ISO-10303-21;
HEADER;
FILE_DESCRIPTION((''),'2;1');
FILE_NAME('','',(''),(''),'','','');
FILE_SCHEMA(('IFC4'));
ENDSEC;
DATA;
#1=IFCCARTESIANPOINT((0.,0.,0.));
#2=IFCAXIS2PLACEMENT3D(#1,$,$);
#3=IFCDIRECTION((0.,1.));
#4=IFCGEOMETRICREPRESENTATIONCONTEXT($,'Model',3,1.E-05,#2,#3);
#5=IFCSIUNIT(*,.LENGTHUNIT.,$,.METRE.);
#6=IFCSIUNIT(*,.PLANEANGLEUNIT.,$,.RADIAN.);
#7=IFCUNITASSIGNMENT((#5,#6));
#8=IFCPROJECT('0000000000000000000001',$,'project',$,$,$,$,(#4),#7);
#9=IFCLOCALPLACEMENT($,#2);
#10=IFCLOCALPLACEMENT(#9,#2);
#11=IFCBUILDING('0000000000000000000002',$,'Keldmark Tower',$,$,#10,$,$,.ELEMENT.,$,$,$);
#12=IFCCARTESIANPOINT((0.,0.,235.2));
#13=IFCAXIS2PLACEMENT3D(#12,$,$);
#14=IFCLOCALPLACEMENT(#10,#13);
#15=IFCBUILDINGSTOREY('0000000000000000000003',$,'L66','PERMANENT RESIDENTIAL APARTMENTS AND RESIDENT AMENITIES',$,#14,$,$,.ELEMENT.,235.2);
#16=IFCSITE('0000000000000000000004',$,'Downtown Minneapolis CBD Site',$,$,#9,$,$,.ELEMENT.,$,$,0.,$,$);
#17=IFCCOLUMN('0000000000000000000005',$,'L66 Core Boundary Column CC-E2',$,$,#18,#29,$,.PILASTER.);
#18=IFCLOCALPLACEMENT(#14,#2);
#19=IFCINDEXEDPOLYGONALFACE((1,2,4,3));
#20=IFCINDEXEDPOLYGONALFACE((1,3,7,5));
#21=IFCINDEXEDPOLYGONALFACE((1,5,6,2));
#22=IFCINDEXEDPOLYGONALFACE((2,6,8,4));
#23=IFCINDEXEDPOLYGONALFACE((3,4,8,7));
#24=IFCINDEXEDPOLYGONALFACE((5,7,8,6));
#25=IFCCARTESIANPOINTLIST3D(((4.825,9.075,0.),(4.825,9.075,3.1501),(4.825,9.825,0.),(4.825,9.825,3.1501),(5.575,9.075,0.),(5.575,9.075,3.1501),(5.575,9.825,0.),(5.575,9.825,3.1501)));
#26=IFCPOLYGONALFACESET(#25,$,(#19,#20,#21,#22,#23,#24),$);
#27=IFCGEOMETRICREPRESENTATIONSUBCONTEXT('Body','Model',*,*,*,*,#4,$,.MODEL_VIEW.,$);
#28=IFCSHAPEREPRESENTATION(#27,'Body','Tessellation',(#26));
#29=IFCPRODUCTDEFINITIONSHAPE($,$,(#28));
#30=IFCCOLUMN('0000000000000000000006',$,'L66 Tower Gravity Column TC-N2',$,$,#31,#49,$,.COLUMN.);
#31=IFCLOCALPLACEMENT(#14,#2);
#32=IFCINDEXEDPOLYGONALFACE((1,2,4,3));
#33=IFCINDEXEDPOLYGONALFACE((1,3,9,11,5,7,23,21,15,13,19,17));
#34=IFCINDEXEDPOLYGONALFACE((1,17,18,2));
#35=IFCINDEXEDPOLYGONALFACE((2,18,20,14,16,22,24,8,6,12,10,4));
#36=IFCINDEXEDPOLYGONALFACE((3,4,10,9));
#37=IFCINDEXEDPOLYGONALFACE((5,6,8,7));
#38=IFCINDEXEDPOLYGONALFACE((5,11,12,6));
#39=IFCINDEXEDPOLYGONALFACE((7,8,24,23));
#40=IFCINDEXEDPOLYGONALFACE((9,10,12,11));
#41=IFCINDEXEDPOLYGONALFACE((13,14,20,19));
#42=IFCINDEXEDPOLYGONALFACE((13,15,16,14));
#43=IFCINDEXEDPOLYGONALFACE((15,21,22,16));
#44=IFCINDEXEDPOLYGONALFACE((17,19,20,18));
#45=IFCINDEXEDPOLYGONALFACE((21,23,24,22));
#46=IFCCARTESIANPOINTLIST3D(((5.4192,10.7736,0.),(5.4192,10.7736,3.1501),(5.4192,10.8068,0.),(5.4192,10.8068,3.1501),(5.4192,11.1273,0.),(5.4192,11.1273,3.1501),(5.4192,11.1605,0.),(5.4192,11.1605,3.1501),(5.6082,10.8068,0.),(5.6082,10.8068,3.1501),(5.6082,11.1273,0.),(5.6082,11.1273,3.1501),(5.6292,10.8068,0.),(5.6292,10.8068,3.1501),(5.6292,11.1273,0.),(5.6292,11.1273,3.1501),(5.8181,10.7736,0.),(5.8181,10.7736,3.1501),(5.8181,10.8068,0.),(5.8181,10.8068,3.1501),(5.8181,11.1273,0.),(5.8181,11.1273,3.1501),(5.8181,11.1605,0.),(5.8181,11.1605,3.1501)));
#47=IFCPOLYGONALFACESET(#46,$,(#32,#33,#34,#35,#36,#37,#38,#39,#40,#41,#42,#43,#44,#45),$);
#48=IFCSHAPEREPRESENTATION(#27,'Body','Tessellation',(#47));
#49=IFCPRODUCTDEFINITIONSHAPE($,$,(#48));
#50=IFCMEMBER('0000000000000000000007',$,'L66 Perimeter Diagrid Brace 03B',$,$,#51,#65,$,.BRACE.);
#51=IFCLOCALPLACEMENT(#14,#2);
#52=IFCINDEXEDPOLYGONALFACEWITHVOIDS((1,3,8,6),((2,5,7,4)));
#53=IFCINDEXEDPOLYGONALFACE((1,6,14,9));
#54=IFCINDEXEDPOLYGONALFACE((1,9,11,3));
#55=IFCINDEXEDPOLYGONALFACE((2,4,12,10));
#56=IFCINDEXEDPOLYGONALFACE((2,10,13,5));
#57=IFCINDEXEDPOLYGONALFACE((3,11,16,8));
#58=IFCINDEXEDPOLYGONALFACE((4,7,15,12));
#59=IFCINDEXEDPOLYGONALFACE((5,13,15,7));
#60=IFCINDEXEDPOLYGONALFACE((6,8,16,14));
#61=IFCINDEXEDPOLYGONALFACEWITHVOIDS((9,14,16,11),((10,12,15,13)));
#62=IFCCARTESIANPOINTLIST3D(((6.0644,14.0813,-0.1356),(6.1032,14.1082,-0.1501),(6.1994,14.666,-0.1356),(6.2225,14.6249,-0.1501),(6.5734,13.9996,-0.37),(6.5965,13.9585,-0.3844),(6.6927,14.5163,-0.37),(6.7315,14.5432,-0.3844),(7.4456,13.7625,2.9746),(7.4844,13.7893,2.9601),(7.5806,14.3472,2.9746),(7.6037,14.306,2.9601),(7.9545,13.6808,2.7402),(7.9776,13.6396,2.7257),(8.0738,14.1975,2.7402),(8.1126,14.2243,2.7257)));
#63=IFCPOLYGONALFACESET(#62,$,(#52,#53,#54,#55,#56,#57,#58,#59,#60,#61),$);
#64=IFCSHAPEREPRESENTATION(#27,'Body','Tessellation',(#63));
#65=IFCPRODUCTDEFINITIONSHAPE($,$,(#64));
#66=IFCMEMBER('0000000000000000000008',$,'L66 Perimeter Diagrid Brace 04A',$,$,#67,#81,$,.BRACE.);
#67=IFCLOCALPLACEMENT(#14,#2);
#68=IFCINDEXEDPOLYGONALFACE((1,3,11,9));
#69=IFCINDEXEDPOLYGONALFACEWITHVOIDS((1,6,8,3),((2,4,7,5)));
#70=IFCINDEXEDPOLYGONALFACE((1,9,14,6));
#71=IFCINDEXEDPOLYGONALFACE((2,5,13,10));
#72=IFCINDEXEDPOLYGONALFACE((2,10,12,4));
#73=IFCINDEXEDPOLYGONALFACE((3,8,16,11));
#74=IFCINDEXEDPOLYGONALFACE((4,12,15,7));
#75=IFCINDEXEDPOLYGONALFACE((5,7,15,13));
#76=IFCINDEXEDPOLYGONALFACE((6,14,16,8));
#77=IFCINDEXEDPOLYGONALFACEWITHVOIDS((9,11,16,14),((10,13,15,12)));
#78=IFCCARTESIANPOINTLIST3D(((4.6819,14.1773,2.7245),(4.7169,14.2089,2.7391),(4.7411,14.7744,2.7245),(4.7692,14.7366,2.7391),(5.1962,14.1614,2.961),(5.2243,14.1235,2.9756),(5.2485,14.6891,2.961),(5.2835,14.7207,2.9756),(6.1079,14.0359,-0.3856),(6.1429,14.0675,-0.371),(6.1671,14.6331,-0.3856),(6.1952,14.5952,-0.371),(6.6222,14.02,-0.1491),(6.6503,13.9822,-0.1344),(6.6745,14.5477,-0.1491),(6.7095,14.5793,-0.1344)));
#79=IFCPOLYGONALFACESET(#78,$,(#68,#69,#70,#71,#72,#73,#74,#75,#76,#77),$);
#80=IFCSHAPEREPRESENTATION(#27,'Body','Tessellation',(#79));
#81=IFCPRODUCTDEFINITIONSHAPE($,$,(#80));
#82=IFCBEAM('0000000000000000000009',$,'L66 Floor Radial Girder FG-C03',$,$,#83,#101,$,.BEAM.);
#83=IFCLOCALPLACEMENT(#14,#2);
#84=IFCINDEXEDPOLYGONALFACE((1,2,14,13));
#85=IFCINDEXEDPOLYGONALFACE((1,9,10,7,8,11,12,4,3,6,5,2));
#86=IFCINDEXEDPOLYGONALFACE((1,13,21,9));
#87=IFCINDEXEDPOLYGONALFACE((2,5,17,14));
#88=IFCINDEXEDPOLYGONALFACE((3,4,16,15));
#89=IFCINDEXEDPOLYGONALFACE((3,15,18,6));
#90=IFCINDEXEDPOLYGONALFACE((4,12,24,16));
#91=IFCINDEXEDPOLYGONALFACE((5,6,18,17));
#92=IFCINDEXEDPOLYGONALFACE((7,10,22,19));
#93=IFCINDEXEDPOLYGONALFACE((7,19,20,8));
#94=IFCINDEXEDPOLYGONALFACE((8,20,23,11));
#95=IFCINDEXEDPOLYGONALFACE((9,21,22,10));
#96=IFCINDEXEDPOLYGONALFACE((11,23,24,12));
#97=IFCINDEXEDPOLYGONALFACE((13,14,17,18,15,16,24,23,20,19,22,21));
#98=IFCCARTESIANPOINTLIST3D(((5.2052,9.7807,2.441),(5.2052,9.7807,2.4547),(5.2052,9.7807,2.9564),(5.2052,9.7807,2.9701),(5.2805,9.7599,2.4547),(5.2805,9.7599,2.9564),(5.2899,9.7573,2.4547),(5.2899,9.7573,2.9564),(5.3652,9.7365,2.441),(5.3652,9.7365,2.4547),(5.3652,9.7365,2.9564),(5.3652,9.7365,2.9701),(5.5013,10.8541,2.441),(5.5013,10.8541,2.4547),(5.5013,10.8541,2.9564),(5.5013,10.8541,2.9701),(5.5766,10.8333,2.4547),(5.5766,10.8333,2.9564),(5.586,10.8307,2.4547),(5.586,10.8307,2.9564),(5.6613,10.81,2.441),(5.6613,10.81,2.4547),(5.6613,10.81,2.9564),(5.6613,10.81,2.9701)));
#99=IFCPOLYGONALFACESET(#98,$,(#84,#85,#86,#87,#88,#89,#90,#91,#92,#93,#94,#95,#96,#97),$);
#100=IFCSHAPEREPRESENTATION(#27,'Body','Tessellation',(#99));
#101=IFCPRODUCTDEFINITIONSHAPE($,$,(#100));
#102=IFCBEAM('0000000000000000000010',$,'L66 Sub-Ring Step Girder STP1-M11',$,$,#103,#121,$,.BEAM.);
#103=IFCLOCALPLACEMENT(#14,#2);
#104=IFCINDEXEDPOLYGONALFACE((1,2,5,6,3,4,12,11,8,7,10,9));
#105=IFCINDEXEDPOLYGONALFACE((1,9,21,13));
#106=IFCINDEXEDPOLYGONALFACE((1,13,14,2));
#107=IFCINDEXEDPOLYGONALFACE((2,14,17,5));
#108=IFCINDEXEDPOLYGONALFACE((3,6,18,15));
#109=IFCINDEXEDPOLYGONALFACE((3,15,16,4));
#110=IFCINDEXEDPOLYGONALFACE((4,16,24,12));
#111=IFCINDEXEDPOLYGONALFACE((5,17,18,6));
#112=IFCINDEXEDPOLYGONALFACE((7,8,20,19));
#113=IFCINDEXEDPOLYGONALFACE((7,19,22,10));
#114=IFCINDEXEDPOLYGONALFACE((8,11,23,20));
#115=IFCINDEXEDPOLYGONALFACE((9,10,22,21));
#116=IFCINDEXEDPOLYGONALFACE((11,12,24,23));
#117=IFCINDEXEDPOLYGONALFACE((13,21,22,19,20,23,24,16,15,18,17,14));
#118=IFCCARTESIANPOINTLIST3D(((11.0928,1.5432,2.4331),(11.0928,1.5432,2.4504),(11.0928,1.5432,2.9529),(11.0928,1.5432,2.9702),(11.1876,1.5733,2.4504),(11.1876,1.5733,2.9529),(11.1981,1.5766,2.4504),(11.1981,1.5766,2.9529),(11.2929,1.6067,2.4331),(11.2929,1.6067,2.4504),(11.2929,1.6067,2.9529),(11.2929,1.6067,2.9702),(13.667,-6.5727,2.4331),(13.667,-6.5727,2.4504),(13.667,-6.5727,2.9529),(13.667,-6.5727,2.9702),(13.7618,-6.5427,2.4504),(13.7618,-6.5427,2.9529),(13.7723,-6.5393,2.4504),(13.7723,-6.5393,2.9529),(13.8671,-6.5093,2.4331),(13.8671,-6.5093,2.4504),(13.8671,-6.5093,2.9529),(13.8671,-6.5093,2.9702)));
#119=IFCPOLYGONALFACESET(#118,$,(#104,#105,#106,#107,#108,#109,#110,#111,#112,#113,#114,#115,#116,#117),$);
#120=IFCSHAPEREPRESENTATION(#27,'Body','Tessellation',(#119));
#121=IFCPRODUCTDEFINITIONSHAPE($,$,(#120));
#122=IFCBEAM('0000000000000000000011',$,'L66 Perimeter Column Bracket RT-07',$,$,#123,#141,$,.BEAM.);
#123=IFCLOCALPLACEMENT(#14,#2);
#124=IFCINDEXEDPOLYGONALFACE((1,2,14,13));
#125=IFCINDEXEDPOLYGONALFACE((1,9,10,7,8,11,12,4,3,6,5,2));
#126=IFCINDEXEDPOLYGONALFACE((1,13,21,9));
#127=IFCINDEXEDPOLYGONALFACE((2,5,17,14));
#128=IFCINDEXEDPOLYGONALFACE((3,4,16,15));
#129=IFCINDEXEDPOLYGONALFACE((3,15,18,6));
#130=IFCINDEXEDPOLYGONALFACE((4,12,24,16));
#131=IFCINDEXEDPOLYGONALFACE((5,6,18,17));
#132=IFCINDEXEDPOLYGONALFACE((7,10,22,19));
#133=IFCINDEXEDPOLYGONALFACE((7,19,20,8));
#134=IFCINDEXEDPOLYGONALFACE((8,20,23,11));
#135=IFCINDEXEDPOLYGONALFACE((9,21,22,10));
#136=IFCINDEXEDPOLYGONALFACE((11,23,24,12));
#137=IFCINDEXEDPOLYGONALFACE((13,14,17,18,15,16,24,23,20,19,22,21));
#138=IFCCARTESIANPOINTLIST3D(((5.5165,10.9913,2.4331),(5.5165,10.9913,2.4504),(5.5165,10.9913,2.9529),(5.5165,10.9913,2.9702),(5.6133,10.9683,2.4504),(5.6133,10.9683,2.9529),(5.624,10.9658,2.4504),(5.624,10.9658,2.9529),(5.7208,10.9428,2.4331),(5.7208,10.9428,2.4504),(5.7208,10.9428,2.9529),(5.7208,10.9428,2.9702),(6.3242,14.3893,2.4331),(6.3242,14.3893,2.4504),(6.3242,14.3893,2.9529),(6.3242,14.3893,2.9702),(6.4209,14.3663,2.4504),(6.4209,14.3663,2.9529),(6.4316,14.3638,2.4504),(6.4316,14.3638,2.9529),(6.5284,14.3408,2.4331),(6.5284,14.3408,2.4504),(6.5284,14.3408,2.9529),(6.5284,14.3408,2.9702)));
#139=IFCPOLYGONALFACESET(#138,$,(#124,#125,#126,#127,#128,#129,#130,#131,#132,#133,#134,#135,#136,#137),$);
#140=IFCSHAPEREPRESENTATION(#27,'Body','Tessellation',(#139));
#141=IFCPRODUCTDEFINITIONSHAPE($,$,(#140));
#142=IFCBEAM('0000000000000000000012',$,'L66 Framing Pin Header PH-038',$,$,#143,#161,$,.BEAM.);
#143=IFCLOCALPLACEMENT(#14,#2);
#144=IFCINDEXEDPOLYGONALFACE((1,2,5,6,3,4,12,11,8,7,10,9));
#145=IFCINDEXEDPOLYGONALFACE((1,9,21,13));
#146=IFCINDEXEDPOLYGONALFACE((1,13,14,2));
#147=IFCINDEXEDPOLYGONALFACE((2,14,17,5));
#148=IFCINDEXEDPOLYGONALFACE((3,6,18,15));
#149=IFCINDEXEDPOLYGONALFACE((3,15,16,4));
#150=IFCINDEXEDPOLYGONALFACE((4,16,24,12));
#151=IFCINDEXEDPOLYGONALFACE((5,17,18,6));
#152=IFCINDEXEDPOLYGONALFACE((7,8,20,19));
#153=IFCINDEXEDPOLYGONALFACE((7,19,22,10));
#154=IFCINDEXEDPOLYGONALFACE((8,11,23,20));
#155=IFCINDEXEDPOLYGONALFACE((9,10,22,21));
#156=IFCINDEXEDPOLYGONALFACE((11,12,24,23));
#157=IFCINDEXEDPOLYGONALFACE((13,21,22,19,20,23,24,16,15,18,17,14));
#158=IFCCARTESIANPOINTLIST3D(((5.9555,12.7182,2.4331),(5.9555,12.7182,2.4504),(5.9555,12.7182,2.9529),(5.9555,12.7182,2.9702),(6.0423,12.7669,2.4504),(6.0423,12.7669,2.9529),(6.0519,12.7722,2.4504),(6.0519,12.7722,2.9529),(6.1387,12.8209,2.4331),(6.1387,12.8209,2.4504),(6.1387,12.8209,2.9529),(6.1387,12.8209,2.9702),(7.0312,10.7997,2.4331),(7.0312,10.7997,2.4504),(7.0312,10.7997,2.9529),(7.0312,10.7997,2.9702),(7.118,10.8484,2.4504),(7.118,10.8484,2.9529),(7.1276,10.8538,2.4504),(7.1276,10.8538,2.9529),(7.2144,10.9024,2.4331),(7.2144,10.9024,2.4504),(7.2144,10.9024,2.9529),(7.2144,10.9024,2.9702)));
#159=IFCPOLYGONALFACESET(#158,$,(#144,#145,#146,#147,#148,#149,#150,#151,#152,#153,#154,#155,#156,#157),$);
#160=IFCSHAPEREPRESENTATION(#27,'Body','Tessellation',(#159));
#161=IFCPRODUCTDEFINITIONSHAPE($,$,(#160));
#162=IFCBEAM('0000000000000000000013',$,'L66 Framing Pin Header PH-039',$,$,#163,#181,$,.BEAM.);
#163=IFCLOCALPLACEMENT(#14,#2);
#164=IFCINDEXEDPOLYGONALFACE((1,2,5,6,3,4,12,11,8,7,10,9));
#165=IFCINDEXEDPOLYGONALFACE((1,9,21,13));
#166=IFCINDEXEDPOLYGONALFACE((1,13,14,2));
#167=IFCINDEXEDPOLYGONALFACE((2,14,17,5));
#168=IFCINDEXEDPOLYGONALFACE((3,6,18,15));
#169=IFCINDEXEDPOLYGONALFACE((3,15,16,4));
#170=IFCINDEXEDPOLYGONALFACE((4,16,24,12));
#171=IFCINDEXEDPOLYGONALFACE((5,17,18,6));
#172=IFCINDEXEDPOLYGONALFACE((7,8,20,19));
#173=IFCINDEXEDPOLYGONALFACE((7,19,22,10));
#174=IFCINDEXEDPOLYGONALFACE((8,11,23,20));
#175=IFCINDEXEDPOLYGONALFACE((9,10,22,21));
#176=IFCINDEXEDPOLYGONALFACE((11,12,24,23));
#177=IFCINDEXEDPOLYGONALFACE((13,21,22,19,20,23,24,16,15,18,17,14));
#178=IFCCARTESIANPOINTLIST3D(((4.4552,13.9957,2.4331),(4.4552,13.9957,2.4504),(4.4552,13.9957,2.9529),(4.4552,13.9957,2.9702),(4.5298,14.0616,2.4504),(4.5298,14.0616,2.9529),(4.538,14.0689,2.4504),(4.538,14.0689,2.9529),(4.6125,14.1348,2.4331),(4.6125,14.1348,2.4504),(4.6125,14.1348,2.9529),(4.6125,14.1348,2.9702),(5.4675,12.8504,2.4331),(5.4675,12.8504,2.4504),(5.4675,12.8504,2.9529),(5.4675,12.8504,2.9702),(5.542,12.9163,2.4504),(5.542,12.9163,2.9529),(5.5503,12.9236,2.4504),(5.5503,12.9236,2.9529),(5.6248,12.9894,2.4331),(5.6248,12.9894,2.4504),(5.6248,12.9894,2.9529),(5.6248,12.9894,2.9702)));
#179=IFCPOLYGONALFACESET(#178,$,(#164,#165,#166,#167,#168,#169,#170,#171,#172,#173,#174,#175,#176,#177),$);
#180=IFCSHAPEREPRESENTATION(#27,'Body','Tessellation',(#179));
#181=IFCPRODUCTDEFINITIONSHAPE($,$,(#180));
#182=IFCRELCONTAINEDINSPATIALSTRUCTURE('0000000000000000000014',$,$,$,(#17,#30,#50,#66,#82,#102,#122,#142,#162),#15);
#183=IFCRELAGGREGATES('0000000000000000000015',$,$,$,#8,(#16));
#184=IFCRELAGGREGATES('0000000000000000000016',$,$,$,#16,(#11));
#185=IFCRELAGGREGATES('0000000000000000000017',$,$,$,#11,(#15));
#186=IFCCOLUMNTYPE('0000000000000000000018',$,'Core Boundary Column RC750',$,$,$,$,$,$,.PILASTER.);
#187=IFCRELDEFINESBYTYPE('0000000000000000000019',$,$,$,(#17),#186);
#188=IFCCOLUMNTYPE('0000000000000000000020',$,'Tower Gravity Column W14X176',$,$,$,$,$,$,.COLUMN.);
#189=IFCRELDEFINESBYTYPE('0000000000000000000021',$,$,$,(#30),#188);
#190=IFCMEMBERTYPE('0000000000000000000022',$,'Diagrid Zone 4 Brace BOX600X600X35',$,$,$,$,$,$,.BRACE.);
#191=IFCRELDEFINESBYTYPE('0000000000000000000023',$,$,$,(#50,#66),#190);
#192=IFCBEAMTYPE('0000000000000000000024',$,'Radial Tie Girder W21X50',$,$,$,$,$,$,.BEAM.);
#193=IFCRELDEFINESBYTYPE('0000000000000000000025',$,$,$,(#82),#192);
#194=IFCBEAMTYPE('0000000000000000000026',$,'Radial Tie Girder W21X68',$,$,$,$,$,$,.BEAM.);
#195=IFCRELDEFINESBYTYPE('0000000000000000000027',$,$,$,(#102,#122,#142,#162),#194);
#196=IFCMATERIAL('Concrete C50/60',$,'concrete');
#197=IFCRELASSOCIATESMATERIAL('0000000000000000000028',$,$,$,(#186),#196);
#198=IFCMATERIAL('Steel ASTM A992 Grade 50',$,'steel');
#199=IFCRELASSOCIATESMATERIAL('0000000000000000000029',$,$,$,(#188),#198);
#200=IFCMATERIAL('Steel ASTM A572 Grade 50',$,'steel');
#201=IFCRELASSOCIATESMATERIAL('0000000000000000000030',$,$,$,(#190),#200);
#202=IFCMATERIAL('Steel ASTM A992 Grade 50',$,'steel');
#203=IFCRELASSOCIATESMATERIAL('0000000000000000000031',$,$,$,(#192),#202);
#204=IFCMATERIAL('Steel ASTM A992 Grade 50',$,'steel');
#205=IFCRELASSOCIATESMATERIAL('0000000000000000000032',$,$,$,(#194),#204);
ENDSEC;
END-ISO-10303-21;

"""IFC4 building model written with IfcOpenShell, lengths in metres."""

from ifc_helpers import new_model, si_unit, direction, frame, origin, origin_2d, place, context, subcontext, project, spatial, rectangle, hollow_rectangle, i_section, extrude, material, material_profile, profile_set, type_object, element, save


model = new_model("IFC4")

# Units and contexts
model_context = context("Model", 3, precision=1e-05, world=origin(), true_north=direction((0.0, 1.0)))
body_context = subcontext(model_context, "Body", "Model", "MODEL_VIEW")
ifc_project = project(units=[si_unit("LENGTHUNIT", "METRE"), si_unit("PLANEANGLEUNIT", "RADIAN")], contexts=[model_context])

# Site, building, storey
site_placement = place(None, origin())
site = spatial("IfcSite", under=ifc_project, at=site_placement, Name="Downtown Minneapolis CBD Site", CompositionType="ELEMENT", RefElevation=0.0)
building_placement = place(site_placement, origin())
building = spatial("IfcBuilding", under=site, at=building_placement, Name="Keldmark Tower", CompositionType="ELEMENT")
storey_placement = place(building_placement, frame((0.0, 0.0, 235.2)))
storey = spatial("IfcBuildingStorey", under=building, at=storey_placement, Name="L66", Description="PERMANENT RESIDENTIAL APARTMENTS AND RESIDENT AMENITIES", CompositionType="ELEMENT", Elevation=235.2)

# Columns
ifc_material_1 = material(Name="Concrete C50/60", Category="concrete")
ifc_material_profile_1 = material_profile(ifc_material_1, rectangle(XDim=0.75, YDim=0.75, at=origin_2d()), Name="RC750X750")
ifc_profile_set_1 = profile_set([ifc_material_profile_1], Name="Concrete C50/60")
column_type_1 = type_object("IfcColumnType", Name="Core Boundary Column RC750", PredefinedType="PILASTER", material=ifc_profile_set_1)
column_1_placement = place(storey_placement, frame((5.2, 9.45, 0.0), z_axis=(0.0, 0.0, 1.0), x_axis=(1.0, 0.0, 0.0)))
element("IfcColumn", 1, at=column_1_placement, inside=storey, type_object=column_type_1, Name="L66 Core Boundary Column CC-E2", PredefinedType="PILASTER", context=body_context, shape_type="SweptSolid", body=[
    extrude(rectangle(XDim=0.75, YDim=0.75, at=origin_2d()), origin(), (0.0, 0.0, 1.0), 3.1501),
])
ifc_material_2 = material(Name="Steel ASTM A992 Grade 50", Category="steel")
ifc_material_profile_2 = material_profile(ifc_material_2, i_section(OverallWidth=0.3989, OverallDepth=0.387, WebThickness=0.021, FlangeThickness=0.0332, at=origin_2d()), Name="W14X176")
ifc_profile_set_2 = profile_set([ifc_material_profile_2], Name="Steel ASTM A992 Grade 50")
column_type_2 = type_object("IfcColumnType", Name="Tower Gravity Column W14X176", PredefinedType="COLUMN", material=ifc_profile_set_2)
column_2_placement = place(storey_placement, frame((5.6187, 10.967, 0.0), z_axis=(0.0, 0.0, 1.0), x_axis=(1.0, 0.0, 0.0)))
element("IfcColumn", 2, at=column_2_placement, inside=storey, type_object=column_type_2, Name="L66 Tower Gravity Column TC-N2", PredefinedType="COLUMN", context=body_context, shape_type="SweptSolid", body=[
    extrude(i_section(OverallWidth=0.3989, OverallDepth=0.387, WebThickness=0.021, FlangeThickness=0.0332, at=origin_2d()), origin(), (0.0, 0.0, 1.0), 3.1501),
])

# Members
ifc_material_3 = material(Name="Steel ASTM A572 Grade 50", Category="steel")
ifc_material_profile_3 = material_profile(ifc_material_3, hollow_rectangle(XDim=0.6001, YDim=0.6001, WallThickness=0.0349, at=origin_2d()), Name="BOX600X600X35")
ifc_profile_set_3 = profile_set([ifc_material_profile_3], Name="Steel ASTM A572 Grade 50")
member_type = type_object("IfcMemberType", Name="Diagrid Zone 4 Brace BOX600X600X35", PredefinedType="BRACE", material=ifc_profile_set_3)
member_1_placement = place(storey_placement, frame((6.3979, 14.3123, -0.26), z_axis=(0.404082, -0.093288, 0.909953), x_axis=(0.224948, 0.974371, 0.0)))
element("IfcMember", 3, at=member_1_placement, inside=storey, type_object=member_type, Name="L66 Perimeter Diagrid Brace 03B", PredefinedType="BRACE", context=body_context, shape_type="SweptSolid", body=[
    extrude(hollow_rectangle(XDim=0.6001, YDim=0.6001, WallThickness=0.0349, at=origin_2d()), origin(), (0.0, 0.0, 1.0), 3.418),
])
member_2_placement = place(storey_placement, frame((6.4087, 14.3076, -0.26), z_axis=(-0.416435, 0.04128, 0.908228), x_axis=(-0.098643, -0.995123, 0.0)))
element("IfcMember", 4, at=member_2_placement, inside=storey, type_object=member_type, Name="L66 Perimeter Diagrid Brace 04A", PredefinedType="BRACE", context=body_context, shape_type="SweptSolid", body=[
    extrude(hollow_rectangle(XDim=0.6001, YDim=0.6001, WallThickness=0.0349, at=origin_2d()), origin(), (0.0, 0.0, 1.0), 3.4243),
])

# Beams
ifc_material_4 = material(Name="Steel ASTM A992 Grade 50", Category="steel")
ifc_material_profile_4 = material_profile(ifc_material_4, i_section(OverallWidth=0.166, OverallDepth=0.5291, WebThickness=0.0098, FlangeThickness=0.0137, at=origin_2d()), Name="W21X50")
ifc_profile_set_4 = profile_set([ifc_material_profile_4], Name="Steel ASTM A992 Grade 50")
beam_type_1 = type_object("IfcBeamType", Name="Radial Tie Girder W21X50", PredefinedType="BEAM", material=ifc_profile_set_4)
beam_1_placement = place(storey_placement, frame((5.5813, 10.832, 2.7056), z_axis=(-0.265936, -0.963991, 0.0), x_axis=(0.963991, -0.265936, 0.0)))
element("IfcBeam", 5, at=beam_1_placement, inside=storey, type_object=beam_type_1, Name="L66 Floor Radial Girder FG-C03", PredefinedType="BEAM", context=body_context, shape_type="SweptSolid", body=[
    extrude(i_section(OverallWidth=0.166, OverallDepth=0.5291, WebThickness=0.0098, FlangeThickness=0.0137, at=origin_2d()), origin(), (0.0, 0.0, 1.0), 1.1135),
])
ifc_material_5 = material(Name="Steel ASTM A992 Grade 50", Category="steel")
ifc_material_profile_5 = material_profile(ifc_material_5, i_section(OverallWidth=0.21, OverallDepth=0.5371, WebThickness=0.011, FlangeThickness=0.0173, at=origin_2d()), Name="W21X68")
ifc_profile_set_5 = profile_set([ifc_material_profile_5], Name="Steel ASTM A992 Grade 50")
beam_type_2 = type_object("IfcBeamType", Name="Radial Tie Girder W21X68", PredefinedType="BEAM", material=ifc_profile_set_5)
beam_2_placement = place(storey_placement, frame((11.1929, 1.575, 2.7017), z_axis=(0.302336, -0.953201, 0.0), x_axis=(0.953201, 0.302336, 0.0)))
element("IfcBeam", 6, at=beam_2_placement, inside=storey, type_object=beam_type_2, Name="L66 Sub-Ring Step Girder STP1-M11", PredefinedType="BEAM", context=body_context, shape_type="SweptSolid", body=[
    extrude(i_section(OverallWidth=0.21, OverallDepth=0.5371, WebThickness=0.011, FlangeThickness=0.0173, at=origin_2d()), origin(), (0.0, 0.0, 1.0), 8.5144),
])
beam_3_placement = place(storey_placement, frame((5.6187, 10.967, 2.7017), z_axis=(0.231236, 0.972898, 0.0), x_axis=(-0.972898, 0.231236, 0.0)))
element("IfcBeam", 7, at=beam_3_placement, inside=storey, type_object=beam_type_2, Name="L66 Perimeter Column Bracket RT-07", PredefinedType="BEAM", context=body_context, shape_type="SweptSolid", body=[
    extrude(i_section(OverallWidth=0.21, OverallDepth=0.5371, WebThickness=0.011, FlangeThickness=0.0173, at=origin_2d()), origin(), (0.0, 0.0, 1.0), 3.4927),
])
beam_4_placement = place(storey_placement, frame((7.1228, 10.8511, 2.7017), z_axis=(-0.48907, 0.872245, 0.0), x_axis=(-0.872245, -0.48907, 0.0)))
element("IfcBeam", 8, at=beam_4_placement, inside=storey, type_object=beam_type_2, Name="L66 Framing Pin Header PH-038", PredefinedType="BEAM", context=body_context, shape_type="SweptSolid", body=[
    extrude(i_section(OverallWidth=0.21, OverallDepth=0.5371, WebThickness=0.011, FlangeThickness=0.0173, at=origin_2d()), origin(), (0.0, 0.0, 1.0), 2.1995),
])
beam_5_placement = place(storey_placement, frame((5.5461, 12.9199, 2.7017), z_axis=(-0.66224, 0.749292, 0.0), x_axis=(-0.749292, -0.66224, 0.0)))
element("IfcBeam", 9, at=beam_5_placement, inside=storey, type_object=beam_type_2, Name="L66 Framing Pin Header PH-039", PredefinedType="BEAM", context=body_context, shape_type="SweptSolid", body=[
    extrude(i_section(OverallWidth=0.21, OverallDepth=0.5371, WebThickness=0.011, FlangeThickness=0.0173, at=origin_2d()), origin(), (0.0, 0.0, 1.0), 1.5286),
])

save(model, "model.ifc")
